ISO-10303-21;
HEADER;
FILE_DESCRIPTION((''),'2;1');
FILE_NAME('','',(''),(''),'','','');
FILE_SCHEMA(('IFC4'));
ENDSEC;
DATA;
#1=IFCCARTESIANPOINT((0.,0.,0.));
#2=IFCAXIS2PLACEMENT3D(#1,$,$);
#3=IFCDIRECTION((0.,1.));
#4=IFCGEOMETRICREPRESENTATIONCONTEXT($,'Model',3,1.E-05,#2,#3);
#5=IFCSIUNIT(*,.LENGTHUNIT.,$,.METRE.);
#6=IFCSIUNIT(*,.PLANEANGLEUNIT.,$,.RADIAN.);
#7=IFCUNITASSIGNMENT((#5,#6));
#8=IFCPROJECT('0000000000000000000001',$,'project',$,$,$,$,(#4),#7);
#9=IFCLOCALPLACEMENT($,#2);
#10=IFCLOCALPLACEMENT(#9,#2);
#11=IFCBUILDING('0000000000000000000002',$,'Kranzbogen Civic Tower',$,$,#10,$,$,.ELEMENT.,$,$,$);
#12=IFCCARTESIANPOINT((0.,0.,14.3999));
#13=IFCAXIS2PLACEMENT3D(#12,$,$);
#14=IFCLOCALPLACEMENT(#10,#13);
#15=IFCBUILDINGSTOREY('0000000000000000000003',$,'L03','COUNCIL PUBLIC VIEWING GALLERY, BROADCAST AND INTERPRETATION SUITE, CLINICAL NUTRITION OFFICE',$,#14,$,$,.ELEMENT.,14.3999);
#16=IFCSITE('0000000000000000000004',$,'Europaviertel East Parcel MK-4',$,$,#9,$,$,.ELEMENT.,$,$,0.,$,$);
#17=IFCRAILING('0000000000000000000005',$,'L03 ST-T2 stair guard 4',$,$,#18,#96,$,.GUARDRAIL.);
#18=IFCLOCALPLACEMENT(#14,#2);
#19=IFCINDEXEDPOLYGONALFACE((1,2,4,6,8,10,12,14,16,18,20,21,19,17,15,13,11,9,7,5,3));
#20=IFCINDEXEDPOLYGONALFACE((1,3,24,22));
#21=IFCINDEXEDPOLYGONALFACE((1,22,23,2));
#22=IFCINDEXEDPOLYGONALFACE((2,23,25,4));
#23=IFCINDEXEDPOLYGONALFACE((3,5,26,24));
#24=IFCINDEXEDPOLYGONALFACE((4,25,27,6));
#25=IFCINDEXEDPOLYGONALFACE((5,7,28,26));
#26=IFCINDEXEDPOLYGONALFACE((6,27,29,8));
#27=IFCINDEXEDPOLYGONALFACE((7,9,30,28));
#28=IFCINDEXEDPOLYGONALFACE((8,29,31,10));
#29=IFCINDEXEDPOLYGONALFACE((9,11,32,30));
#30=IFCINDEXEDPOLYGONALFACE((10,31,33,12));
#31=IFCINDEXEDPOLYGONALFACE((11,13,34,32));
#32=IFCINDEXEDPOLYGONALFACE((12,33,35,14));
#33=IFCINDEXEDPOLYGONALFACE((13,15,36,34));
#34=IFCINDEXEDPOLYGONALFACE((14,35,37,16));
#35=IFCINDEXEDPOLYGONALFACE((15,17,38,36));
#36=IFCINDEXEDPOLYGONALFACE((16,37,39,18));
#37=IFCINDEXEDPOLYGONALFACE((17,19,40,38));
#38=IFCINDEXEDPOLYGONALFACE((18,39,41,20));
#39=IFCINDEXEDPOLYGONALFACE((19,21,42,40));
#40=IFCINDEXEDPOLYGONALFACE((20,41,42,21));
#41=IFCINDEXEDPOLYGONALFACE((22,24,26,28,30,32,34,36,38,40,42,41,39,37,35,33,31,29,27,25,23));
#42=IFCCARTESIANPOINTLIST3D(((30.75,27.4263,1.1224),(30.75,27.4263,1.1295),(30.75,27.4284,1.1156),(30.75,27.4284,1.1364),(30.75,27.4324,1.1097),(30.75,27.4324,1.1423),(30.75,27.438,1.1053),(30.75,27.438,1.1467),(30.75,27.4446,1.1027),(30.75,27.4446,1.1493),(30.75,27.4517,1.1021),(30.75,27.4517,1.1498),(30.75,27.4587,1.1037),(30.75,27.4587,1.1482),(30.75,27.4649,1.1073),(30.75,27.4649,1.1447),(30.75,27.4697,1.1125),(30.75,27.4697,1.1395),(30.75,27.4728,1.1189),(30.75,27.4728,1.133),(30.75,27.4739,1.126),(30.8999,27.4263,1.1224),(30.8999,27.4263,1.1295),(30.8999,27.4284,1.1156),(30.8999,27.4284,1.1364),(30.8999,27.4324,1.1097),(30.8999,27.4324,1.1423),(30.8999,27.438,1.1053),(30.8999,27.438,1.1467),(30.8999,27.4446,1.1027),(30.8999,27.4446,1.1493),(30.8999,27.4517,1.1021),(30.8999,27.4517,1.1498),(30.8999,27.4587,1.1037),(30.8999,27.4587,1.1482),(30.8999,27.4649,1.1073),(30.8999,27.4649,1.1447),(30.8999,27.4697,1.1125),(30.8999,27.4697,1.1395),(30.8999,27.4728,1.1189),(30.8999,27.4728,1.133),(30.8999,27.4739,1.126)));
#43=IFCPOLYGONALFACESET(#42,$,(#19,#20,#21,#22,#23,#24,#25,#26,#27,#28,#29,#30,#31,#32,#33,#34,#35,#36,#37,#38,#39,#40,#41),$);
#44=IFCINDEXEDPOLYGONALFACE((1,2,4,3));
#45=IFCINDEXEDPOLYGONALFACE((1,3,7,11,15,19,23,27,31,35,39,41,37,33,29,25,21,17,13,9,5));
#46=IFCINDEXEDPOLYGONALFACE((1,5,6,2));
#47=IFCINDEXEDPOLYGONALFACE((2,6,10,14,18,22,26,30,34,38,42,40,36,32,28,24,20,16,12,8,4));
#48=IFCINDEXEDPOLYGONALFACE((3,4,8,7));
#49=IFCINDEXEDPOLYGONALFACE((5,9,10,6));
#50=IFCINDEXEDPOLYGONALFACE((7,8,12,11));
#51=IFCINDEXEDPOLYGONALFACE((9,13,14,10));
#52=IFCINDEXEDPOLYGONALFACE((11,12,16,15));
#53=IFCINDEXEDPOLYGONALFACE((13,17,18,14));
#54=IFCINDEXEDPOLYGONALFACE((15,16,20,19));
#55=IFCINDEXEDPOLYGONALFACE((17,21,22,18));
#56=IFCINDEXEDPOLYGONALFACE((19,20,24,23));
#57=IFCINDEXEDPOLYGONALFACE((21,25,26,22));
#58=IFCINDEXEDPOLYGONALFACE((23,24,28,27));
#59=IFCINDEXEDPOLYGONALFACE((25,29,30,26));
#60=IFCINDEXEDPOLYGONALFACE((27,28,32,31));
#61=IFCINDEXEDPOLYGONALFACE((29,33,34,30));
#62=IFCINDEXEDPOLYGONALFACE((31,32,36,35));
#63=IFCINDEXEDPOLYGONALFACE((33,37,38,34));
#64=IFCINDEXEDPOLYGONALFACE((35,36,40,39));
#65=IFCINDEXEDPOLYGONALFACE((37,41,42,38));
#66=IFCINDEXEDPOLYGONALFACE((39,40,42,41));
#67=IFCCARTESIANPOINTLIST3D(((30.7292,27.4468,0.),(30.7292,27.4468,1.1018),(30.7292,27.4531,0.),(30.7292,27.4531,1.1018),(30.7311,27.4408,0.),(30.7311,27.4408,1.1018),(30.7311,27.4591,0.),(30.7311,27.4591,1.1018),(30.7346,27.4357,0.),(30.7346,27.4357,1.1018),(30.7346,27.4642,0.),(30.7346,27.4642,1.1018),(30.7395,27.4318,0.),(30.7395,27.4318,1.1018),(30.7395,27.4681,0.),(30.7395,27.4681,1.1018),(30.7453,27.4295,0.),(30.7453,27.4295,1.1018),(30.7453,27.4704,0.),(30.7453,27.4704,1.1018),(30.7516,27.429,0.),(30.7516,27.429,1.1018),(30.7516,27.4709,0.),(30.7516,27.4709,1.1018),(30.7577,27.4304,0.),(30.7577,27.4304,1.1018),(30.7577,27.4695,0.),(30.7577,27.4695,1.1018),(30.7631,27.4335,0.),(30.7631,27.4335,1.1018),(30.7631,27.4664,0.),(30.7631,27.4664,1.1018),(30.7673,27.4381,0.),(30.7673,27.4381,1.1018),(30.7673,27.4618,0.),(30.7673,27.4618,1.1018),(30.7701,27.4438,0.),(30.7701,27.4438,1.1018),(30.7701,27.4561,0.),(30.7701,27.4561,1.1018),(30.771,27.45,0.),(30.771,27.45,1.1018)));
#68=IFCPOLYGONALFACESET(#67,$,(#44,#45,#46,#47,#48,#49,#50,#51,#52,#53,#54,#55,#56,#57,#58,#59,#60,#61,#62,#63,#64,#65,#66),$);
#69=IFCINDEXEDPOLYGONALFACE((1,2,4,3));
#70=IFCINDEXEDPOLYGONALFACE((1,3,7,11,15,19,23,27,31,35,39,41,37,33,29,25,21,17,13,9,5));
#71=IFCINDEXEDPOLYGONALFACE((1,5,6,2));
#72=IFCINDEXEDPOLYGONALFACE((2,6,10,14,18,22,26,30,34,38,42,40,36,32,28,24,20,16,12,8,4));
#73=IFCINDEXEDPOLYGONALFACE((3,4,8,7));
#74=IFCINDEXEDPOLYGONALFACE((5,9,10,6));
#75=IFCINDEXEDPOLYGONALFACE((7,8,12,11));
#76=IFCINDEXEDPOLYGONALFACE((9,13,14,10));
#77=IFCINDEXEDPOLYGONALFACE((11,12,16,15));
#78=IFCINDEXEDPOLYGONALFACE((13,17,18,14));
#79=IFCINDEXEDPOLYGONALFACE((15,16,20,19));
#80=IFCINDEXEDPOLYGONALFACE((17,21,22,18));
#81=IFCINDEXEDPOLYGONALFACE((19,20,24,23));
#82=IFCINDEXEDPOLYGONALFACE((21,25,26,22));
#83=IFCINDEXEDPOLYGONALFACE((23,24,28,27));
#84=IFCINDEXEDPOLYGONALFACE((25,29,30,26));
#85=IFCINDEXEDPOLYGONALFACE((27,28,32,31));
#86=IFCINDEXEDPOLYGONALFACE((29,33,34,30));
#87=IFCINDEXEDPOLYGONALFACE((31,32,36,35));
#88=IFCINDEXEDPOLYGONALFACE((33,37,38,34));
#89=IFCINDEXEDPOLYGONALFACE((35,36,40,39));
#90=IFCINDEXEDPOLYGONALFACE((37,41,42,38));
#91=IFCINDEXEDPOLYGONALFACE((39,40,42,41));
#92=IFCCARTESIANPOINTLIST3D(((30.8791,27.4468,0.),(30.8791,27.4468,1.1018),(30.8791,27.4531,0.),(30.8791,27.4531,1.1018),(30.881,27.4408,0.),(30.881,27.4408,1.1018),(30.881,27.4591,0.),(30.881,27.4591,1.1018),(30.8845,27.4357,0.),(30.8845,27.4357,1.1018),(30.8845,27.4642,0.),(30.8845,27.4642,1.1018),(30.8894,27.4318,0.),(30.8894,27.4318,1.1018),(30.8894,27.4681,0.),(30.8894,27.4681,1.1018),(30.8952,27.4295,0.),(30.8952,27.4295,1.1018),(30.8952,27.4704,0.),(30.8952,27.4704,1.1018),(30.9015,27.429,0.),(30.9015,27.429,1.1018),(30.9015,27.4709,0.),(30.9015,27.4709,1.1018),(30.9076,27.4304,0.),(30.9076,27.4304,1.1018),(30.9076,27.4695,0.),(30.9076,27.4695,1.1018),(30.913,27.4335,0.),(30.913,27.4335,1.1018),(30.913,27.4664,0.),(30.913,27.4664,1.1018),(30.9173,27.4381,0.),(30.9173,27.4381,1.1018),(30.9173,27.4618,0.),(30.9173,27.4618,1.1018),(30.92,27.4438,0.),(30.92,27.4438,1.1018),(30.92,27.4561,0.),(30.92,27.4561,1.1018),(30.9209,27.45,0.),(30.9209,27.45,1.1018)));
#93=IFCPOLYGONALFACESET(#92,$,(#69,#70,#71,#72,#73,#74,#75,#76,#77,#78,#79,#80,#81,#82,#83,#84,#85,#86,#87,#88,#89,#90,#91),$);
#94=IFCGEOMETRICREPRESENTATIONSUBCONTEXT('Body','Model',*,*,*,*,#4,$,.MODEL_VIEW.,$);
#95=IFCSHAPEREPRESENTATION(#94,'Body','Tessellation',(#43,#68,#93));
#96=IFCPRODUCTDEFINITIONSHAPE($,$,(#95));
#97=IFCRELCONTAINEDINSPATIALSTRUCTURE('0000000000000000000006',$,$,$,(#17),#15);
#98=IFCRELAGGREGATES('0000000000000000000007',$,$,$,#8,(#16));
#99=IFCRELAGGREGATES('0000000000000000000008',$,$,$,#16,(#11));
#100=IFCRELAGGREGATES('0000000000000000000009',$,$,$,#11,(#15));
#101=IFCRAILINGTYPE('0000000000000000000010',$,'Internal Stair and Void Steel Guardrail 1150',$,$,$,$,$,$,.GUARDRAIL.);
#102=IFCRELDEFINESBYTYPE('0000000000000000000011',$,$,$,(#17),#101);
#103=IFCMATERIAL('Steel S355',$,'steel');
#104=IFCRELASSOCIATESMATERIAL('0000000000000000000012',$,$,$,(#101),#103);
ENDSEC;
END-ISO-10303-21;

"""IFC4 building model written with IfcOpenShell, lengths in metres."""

from ifc_helpers import new_model, si_unit, direction, frame, origin, origin_2d, place, context, subcontext, project, spatial, circle, extrude, material, type_object, element, save


model = new_model("IFC4")

# Units and contexts
model_context = context("Model", 3, precision=1e-05, world=origin(), true_north=direction((0.0, 1.0)))
body_context = subcontext(model_context, "Body", "Model", "MODEL_VIEW")
ifc_project = project(units=[si_unit("LENGTHUNIT", "METRE"), si_unit("PLANEANGLEUNIT", "RADIAN")], contexts=[model_context])

# Site, building, storey
site_placement = place(None, origin())
site = spatial("IfcSite", under=ifc_project, at=site_placement, Name="Europaviertel East Parcel MK-4", CompositionType="ELEMENT", RefElevation=0.0)
building_placement = place(site_placement, origin())
building = spatial("IfcBuilding", under=site, at=building_placement, Name="Kranzbogen Civic Tower", CompositionType="ELEMENT")
storey_placement = place(building_placement, frame((0.0, 0.0, 14.3999)))
storey = spatial("IfcBuildingStorey", under=building, at=storey_placement, Name="L03", Description="COUNCIL PUBLIC VIEWING GALLERY, BROADCAST AND INTERPRETATION SUITE, CLINICAL NUTRITION OFFICE", CompositionType="ELEMENT", Elevation=14.3999)

# Shared definitions
ifc_material_1 = material(Name="Steel S355", Category="steel")

# Railing
railing_type_1 = type_object("IfcRailingType", Name="Internal Stair and Void Steel Guardrail 1150", PredefinedType="GUARDRAIL", material=ifc_material_1)
railing_1_placement = place(storey_placement, frame((30.75, 27.45, 0.0)))
element("IfcRailing", 1, at=railing_1_placement, inside=storey, type_object=railing_type_1, Name="L03 ST-T2 stair guard 4", PredefinedType="GUARDRAIL", context=body_context, shape_type="SweptSolid", body=[
    extrude(circle(Radius=0.0239, at=origin_2d()), frame((0.0, 0.0, 1.126), z_axis=(1.0, 0.0, 0.0), x_axis=(0.0, 1.0, 0.0)), (0.0, 0.0, 1.0), 0.1499),
    extrude(circle(Radius=0.021, at=origin_2d()), origin(), (0.0, 0.0, 1.0), 1.1018),
    extrude(circle(Radius=0.021, at=origin_2d()), frame((0.1499, 0.0, 0.0)), (0.0, 0.0, 1.0), 1.1018),
])

save(model, "model.ifc")
